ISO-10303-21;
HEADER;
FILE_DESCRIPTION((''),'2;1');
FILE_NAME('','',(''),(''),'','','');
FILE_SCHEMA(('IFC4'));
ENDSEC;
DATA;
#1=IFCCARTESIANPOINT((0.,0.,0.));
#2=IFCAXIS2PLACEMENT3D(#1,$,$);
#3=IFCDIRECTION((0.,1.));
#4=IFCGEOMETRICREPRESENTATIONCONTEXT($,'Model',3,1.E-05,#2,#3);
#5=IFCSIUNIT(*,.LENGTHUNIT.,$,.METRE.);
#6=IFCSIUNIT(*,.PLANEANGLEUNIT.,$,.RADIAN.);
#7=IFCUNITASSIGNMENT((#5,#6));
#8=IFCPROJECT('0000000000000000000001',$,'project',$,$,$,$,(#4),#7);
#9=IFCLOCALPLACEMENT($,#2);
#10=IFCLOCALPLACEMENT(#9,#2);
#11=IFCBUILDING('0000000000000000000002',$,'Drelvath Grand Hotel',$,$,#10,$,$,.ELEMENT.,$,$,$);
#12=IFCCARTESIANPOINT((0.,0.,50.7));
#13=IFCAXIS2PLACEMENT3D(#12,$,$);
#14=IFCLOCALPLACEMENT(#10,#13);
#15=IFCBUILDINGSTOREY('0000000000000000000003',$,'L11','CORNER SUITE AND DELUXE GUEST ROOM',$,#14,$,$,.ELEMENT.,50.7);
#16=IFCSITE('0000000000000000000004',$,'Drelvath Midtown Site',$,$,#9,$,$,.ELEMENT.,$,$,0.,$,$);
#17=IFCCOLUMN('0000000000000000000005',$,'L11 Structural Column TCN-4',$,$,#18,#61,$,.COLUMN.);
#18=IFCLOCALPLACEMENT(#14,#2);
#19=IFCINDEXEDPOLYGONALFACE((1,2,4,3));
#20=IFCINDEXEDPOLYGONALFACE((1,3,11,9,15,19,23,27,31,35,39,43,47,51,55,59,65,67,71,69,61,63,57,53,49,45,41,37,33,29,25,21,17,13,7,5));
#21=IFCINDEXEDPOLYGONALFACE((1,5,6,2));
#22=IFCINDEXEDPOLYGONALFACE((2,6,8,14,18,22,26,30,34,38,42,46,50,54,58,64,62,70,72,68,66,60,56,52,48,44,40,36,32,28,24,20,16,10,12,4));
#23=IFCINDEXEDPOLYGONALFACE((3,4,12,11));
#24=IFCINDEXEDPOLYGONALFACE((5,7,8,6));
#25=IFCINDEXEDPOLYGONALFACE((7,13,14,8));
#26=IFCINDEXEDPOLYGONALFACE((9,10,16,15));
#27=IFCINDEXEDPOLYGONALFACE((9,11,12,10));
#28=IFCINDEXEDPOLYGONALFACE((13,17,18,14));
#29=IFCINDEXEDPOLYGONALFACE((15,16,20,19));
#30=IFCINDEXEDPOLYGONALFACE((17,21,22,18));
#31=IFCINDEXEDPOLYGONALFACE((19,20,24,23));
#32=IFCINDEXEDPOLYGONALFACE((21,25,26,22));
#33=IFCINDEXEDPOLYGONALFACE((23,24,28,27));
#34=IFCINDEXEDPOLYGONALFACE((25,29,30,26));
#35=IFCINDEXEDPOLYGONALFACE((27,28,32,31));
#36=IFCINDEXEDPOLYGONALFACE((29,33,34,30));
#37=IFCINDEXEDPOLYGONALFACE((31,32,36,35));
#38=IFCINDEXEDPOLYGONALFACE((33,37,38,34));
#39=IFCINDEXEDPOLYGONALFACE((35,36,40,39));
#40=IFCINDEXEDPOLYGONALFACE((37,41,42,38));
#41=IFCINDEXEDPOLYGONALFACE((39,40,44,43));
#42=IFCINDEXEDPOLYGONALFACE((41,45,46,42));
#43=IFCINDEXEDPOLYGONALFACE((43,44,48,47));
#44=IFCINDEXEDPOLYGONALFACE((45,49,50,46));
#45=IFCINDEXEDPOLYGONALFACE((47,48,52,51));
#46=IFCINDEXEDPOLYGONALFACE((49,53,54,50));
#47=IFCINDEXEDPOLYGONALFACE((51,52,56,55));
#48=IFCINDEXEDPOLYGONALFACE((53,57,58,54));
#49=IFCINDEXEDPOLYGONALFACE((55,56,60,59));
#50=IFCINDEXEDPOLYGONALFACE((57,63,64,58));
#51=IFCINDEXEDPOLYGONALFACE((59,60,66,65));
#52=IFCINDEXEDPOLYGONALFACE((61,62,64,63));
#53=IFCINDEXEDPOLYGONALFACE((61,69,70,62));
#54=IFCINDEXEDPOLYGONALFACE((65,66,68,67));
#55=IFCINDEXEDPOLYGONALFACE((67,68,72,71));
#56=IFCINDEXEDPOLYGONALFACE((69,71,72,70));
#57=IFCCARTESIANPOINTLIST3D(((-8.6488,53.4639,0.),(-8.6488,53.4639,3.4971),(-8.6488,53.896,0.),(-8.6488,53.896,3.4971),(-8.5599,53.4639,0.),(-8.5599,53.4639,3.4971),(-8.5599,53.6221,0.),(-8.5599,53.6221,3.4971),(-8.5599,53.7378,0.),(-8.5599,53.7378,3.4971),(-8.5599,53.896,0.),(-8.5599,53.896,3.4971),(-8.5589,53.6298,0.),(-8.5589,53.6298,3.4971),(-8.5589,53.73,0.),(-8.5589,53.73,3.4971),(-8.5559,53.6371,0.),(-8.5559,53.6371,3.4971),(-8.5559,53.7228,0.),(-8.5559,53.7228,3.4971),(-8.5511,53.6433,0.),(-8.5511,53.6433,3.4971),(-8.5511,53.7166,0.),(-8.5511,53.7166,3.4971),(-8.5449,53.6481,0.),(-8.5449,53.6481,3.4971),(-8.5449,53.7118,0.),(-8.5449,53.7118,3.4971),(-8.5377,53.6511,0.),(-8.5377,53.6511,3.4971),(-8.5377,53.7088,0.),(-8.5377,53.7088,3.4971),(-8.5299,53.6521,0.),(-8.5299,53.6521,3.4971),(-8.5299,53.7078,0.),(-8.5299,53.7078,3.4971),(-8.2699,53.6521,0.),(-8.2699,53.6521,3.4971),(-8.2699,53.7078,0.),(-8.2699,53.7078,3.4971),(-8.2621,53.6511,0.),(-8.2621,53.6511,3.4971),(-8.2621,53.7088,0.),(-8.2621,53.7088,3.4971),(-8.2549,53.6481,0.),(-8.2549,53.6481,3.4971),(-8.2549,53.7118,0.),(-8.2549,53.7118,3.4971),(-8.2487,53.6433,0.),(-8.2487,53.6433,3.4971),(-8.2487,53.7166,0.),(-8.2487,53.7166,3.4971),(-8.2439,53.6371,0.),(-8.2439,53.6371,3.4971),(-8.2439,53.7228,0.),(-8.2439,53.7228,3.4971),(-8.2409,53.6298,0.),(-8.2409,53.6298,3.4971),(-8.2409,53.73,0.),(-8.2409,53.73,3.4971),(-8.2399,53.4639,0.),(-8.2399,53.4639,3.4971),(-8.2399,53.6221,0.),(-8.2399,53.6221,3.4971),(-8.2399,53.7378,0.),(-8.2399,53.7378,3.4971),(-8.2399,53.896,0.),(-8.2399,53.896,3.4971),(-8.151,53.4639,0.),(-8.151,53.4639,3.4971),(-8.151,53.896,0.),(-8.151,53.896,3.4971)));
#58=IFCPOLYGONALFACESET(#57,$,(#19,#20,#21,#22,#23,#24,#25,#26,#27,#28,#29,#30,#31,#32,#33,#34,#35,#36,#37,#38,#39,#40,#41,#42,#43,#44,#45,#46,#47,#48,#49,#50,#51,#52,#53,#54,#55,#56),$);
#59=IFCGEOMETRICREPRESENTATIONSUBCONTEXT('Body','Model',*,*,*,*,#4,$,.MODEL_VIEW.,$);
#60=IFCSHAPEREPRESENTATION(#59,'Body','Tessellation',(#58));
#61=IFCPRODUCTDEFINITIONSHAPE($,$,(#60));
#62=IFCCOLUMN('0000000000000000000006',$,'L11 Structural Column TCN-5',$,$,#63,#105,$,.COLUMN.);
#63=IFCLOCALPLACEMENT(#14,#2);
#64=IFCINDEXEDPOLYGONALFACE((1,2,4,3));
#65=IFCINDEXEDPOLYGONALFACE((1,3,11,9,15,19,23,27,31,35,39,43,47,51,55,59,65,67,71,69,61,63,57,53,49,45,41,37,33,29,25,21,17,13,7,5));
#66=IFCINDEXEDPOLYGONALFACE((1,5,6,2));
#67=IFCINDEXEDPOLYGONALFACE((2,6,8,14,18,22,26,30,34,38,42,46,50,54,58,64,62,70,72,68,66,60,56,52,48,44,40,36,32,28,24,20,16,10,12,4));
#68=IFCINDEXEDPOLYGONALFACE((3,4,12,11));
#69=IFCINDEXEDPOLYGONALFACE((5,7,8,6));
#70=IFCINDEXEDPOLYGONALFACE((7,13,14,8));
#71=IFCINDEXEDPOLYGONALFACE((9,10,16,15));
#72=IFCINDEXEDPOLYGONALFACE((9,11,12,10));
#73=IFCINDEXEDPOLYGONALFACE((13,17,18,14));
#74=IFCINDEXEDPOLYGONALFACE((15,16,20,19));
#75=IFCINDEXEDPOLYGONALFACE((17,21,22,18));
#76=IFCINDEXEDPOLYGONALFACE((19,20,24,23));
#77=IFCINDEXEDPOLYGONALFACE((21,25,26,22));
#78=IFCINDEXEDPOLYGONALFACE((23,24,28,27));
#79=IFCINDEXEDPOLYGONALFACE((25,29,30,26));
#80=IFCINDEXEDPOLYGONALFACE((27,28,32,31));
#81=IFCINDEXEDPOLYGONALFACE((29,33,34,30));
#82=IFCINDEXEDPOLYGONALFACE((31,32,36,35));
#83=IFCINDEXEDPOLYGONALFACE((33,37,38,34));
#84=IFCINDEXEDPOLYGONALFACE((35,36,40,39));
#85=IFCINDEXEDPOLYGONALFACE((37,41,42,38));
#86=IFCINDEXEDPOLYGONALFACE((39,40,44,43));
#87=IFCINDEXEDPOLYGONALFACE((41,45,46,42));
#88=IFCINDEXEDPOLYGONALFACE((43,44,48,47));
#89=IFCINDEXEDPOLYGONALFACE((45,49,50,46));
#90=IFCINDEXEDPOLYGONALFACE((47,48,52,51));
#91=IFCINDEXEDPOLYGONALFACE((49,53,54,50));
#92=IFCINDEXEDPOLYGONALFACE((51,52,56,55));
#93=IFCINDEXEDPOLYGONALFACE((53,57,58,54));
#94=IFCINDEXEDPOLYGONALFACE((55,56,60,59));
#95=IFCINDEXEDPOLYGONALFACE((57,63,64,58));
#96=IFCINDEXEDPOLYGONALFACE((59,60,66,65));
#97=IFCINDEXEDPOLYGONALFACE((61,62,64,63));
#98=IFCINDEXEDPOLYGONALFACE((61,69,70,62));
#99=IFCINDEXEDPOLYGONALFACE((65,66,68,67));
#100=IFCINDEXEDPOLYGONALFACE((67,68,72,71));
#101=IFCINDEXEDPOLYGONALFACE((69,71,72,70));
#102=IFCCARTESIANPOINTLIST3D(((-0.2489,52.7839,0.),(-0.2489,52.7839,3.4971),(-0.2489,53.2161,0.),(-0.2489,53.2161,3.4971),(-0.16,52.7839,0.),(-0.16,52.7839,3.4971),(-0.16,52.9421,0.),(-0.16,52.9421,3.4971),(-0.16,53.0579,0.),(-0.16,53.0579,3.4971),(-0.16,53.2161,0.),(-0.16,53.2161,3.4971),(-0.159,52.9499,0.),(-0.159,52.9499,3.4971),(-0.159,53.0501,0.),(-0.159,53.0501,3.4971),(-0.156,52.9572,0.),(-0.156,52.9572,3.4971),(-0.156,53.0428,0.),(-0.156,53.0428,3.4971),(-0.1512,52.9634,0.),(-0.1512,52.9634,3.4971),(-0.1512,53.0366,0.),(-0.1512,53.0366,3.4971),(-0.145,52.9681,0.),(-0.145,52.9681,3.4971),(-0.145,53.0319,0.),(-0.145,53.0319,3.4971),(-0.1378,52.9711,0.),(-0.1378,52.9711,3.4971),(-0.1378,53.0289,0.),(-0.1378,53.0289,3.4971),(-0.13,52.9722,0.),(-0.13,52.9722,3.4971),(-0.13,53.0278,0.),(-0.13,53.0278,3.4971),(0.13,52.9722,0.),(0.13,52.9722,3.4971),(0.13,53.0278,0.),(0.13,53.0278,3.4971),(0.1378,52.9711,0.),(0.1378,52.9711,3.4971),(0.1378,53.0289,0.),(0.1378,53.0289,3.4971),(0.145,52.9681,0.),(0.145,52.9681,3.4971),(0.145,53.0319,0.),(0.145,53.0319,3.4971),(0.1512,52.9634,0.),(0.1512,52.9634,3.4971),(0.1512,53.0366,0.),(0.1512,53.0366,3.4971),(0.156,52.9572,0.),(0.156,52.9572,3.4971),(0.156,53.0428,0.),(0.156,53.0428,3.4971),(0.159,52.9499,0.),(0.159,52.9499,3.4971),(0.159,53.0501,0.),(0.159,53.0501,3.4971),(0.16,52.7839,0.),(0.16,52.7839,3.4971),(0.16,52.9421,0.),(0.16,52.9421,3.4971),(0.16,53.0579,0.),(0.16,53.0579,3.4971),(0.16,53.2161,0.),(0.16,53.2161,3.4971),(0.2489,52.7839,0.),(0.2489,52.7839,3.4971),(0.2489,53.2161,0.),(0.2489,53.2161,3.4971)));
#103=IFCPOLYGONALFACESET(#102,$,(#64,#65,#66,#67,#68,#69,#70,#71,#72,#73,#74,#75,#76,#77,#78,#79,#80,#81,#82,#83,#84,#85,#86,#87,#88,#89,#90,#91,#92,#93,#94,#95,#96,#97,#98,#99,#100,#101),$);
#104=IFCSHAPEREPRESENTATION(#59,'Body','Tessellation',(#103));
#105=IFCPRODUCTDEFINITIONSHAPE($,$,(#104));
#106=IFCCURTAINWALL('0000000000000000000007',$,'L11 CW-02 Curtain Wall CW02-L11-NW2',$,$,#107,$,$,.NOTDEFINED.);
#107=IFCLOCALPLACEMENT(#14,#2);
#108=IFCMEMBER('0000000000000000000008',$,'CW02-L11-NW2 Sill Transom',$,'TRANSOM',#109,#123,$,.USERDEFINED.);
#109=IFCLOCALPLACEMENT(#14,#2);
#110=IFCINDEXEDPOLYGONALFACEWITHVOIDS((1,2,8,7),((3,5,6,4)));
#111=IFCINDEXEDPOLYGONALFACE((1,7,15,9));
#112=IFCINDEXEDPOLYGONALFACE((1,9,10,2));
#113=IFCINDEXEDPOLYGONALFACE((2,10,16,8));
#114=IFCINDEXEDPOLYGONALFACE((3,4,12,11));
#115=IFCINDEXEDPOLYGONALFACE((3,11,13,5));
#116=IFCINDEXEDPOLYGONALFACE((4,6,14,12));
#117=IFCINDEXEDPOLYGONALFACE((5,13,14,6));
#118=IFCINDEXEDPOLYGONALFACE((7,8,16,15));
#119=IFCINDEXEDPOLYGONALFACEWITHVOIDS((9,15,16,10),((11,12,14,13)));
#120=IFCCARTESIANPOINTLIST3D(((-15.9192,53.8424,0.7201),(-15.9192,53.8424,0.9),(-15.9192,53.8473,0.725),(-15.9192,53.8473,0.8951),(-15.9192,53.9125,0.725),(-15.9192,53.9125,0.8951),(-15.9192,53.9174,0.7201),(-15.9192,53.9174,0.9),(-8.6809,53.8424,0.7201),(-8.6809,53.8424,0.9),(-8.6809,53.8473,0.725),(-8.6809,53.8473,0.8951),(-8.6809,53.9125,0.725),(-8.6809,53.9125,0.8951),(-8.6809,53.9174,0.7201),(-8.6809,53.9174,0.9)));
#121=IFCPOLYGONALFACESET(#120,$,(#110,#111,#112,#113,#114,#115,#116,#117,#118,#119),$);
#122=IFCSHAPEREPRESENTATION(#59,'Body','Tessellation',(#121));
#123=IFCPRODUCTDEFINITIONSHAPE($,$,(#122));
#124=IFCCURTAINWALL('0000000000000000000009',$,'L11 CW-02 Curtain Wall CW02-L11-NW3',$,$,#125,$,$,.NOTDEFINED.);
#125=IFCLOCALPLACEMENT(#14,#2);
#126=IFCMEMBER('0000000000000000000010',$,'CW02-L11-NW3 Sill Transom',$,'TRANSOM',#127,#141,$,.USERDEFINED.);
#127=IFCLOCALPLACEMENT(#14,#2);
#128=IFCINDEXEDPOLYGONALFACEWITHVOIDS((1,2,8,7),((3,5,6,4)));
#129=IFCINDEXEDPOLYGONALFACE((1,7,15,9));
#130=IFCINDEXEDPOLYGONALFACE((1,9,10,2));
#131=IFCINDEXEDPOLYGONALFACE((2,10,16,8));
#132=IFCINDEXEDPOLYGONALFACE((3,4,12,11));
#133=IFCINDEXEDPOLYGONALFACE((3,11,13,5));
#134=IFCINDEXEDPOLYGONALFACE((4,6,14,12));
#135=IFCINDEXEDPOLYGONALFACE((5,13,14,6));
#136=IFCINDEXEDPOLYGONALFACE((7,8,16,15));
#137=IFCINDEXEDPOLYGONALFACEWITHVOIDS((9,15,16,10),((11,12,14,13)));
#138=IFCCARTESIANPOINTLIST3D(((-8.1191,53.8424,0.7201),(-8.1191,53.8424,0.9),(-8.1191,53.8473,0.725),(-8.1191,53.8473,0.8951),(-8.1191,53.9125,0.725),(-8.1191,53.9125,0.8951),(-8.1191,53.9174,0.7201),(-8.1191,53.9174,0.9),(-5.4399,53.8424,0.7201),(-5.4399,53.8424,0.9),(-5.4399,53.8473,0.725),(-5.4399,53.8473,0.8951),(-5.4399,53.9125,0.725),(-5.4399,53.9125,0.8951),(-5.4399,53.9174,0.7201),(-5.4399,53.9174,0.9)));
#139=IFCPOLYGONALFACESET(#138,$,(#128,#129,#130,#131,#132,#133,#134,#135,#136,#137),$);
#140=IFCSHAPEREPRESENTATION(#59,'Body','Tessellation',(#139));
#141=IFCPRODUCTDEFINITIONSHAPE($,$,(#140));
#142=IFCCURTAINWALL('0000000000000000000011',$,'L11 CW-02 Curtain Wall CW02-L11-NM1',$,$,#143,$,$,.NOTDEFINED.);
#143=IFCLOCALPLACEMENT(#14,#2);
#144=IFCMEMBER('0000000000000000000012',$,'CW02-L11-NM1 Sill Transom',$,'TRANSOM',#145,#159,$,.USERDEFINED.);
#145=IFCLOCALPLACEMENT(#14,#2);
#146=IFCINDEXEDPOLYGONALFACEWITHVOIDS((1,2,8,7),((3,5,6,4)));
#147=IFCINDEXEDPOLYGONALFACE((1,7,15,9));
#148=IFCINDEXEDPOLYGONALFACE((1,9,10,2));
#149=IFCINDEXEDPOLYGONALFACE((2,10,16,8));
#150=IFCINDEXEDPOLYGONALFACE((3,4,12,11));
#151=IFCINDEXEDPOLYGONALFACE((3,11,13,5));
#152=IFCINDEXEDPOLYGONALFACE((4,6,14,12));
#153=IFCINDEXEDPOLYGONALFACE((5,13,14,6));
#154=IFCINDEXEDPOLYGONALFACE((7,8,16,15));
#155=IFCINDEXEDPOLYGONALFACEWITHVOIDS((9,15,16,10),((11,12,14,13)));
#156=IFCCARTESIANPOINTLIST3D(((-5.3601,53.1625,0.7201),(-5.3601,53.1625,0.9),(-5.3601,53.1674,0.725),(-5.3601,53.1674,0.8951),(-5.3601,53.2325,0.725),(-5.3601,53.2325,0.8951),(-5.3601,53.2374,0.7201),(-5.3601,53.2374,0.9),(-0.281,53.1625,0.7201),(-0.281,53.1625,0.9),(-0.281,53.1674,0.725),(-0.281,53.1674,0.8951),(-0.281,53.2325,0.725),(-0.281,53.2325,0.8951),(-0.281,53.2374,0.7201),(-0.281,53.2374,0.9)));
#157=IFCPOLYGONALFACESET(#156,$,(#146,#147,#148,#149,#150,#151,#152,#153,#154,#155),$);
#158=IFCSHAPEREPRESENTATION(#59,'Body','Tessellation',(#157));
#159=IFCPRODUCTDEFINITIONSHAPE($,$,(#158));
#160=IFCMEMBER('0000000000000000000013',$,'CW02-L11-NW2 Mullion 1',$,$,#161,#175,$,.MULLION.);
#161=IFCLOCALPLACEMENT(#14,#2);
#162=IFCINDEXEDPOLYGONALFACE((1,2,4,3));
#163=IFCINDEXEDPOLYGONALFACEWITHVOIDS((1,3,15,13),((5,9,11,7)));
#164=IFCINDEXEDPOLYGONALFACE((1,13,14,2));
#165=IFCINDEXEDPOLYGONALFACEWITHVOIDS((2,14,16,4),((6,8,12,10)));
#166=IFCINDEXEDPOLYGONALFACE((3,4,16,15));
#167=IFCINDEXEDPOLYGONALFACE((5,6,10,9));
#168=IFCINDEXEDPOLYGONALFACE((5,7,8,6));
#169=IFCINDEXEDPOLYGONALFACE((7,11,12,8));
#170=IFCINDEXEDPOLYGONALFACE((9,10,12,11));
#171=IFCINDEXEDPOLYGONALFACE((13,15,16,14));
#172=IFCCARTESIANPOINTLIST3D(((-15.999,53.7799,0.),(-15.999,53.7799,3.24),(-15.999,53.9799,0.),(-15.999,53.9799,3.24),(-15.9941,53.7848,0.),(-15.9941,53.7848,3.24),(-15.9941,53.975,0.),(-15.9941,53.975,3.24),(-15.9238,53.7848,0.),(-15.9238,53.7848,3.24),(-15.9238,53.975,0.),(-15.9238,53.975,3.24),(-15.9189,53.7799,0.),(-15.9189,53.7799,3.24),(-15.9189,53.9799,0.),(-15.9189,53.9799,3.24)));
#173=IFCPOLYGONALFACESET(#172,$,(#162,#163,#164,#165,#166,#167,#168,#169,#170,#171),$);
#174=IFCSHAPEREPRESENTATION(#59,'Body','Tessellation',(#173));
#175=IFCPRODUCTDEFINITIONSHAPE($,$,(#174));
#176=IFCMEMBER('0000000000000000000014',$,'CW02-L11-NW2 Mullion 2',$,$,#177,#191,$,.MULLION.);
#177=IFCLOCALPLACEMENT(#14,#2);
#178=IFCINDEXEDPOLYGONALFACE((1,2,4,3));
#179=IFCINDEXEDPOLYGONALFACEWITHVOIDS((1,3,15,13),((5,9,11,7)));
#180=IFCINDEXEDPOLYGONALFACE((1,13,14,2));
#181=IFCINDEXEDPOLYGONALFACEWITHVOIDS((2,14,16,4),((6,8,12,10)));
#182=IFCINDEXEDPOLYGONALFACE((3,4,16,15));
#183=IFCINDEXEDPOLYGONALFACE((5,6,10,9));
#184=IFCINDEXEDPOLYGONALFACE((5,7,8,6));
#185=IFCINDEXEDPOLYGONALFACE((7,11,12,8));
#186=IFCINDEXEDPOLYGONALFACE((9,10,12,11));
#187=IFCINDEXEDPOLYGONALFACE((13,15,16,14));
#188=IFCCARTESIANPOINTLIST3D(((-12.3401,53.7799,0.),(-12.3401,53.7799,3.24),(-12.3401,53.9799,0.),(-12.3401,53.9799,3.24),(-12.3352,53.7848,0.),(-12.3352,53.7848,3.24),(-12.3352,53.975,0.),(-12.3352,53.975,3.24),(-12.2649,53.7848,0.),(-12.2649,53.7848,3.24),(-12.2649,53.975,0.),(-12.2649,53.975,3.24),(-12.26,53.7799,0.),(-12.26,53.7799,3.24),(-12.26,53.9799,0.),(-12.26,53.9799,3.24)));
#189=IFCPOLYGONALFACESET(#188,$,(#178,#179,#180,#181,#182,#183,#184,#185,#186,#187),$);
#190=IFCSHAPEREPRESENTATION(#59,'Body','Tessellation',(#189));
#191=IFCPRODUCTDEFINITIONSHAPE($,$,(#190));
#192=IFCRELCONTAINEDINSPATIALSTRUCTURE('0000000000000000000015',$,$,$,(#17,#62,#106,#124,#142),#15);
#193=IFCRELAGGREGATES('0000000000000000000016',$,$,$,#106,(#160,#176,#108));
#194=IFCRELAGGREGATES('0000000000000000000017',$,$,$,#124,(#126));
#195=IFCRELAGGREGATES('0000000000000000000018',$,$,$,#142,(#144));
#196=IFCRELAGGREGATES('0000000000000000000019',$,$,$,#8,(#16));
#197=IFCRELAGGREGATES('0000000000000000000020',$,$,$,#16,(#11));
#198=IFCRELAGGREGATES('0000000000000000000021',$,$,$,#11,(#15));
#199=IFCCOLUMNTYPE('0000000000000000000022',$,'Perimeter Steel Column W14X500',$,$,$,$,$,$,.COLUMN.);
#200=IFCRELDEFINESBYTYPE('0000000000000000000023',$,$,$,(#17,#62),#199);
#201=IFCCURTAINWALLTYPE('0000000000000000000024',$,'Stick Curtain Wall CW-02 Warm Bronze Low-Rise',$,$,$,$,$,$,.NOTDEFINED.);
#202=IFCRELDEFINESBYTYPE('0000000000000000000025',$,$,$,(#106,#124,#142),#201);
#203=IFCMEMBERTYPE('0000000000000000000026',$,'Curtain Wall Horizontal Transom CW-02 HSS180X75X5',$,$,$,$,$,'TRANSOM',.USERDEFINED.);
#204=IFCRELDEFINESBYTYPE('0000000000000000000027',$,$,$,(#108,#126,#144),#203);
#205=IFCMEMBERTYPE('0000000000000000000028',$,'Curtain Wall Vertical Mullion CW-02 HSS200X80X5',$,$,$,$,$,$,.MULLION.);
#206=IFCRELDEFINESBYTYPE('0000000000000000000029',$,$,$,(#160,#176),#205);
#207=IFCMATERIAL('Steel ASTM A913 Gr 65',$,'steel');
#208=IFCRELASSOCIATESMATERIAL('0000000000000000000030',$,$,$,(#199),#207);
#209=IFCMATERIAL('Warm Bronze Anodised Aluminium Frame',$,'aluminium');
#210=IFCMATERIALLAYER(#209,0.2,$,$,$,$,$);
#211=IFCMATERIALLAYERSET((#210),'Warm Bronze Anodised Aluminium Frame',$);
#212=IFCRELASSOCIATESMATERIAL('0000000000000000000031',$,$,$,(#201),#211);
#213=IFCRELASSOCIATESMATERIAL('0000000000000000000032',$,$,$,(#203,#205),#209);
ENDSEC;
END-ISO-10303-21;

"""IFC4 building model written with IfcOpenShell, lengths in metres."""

from ifc_helpers import new_model, si_unit, direction, frame, origin, origin_2d, place, context, subcontext, project, spatial, hollow_rectangle, i_section, extrude, material, layer, layer_set, material_profile, profile_set, type_object, element, aggregate, save


model = new_model("IFC4")

# Units and contexts
model_context = context("Model", 3, precision=1e-05, world=origin(), true_north=direction((0.0, 1.0)))
body_context = subcontext(model_context, "Body", "Model", "MODEL_VIEW")
ifc_project = project(units=[si_unit("LENGTHUNIT", "METRE"), si_unit("PLANEANGLEUNIT", "RADIAN")], contexts=[model_context])

# Site, building, storey
site_placement = place(None, origin())
site = spatial("IfcSite", under=ifc_project, at=site_placement, Name="Drelvath Midtown Site", CompositionType="ELEMENT", RefElevation=0.0)
building_placement = place(site_placement, origin())
building = spatial("IfcBuilding", under=site, at=building_placement, Name="Drelvath Grand Hotel", CompositionType="ELEMENT")
storey_placement = place(building_placement, frame((0.0, 0.0, 50.7)))
storey = spatial("IfcBuildingStorey", under=building, at=storey_placement, Name="L11", Description="CORNER SUITE AND DELUXE GUEST ROOM", CompositionType="ELEMENT", Elevation=50.7)

# Columns
ifc_material_1 = material(Name="Steel ASTM A913 Gr 65", Category="steel")
ifc_material_profile_1 = material_profile(ifc_material_1, i_section(OverallWidth=0.4321, OverallDepth=0.4978, WebThickness=0.0557, FlangeThickness=0.0889, FilletRadius=0.03, at=origin_2d()), Name="W14X500")
ifc_profile_set_1 = profile_set([ifc_material_profile_1], Name="Steel ASTM A913 Gr 65")
column_type = type_object("IfcColumnType", Name="Perimeter Steel Column W14X500", PredefinedType="COLUMN", material=ifc_profile_set_1)
for number, where, z_axis, x_axis, name in (
    (1, (-8.3999, 53.6799, 0.0), (0.0, 0.0, 1.0), (0.0, 1.0, 0.0), "L11 Structural Column TCN-4"),
    (2, (0.0, 53.0, 0.0), (0.0, 0.0, 1.0), (0.0, 1.0, 0.0), "L11 Structural Column TCN-5"),
):
    element("IfcColumn", number, at=place(storey_placement, frame(where, z_axis=z_axis, x_axis=x_axis)), inside=storey, type_object=column_type, Name=name, PredefinedType="COLUMN", context=body_context, shape_type="SweptSolid", body=[
        extrude(i_section(OverallWidth=0.4321, OverallDepth=0.4978, WebThickness=0.0557, FlangeThickness=0.0889, FilletRadius=0.03, at=origin_2d()), origin(), (0.0, 0.0, 1.0), 3.4971),
    ])

# Curtain walls, members
ifc_material_2 = material(Name="Warm Bronze Anodised Aluminium Frame", Category="aluminium")
ifc_layer_1 = layer(ifc_material_2, 0.2)
ifc_layer_set_1 = layer_set([ifc_layer_1], Name="Warm Bronze Anodised Aluminium Frame")
curtain_wall_type = type_object("IfcCurtainWallType", Name="Stick Curtain Wall CW-02 Warm Bronze Low-Rise", PredefinedType="NOTDEFINED", material=ifc_layer_set_1)
curtain_wall_1_placement = place(storey_placement, origin())
curtain_wall_1 = element("IfcCurtainWall", 3, at=curtain_wall_1_placement, inside=storey, type_object=curtain_wall_type, Name="L11 CW-02 Curtain Wall CW02-L11-NW2", PredefinedType="NOTDEFINED")
ifc_material_profile_2 = material_profile(ifc_material_2, hollow_rectangle(XDim=0.075, YDim=0.1799, WallThickness=0.0049, at=origin_2d()), Name="HSS180X75X5")
ifc_profile_set_2 = profile_set([ifc_material_profile_2], Name="Warm Bronze Anodised Aluminium Frame")
member_type_1 = type_object("IfcMemberType", Name="Curtain Wall Horizontal Transom CW-02 HSS180X75X5", ElementType="TRANSOM", PredefinedType="USERDEFINED", material=ifc_profile_set_2)
member_1_placement = place(storey_placement, frame((-15.9192, 53.8799, 0.8101), z_axis=(1.0, 0.0, 0.0), x_axis=(0.0, 1.0, 0.0)))
member_1 = element("IfcMember", 4, at=member_1_placement, type_object=member_type_1, Name="CW02-L11-NW2 Sill Transom", ObjectType="TRANSOM", PredefinedType="USERDEFINED", context=body_context, shape_type="SweptSolid", body=[
    extrude(hollow_rectangle(XDim=0.075, YDim=0.1799, WallThickness=0.0049, at=origin_2d()), origin(), (0.0, 0.0, 1.0), 7.2383),
])
curtain_wall_2_placement = place(storey_placement, origin())
curtain_wall_2 = element("IfcCurtainWall", 5, at=curtain_wall_2_placement, inside=storey, type_object=curtain_wall_type, Name="L11 CW-02 Curtain Wall CW02-L11-NW3", PredefinedType="NOTDEFINED")
member_2_placement = place(storey_placement, frame((-8.1191, 53.8799, 0.8101), z_axis=(1.0, 0.0, 0.0), x_axis=(0.0, 1.0, 0.0)))
member_2 = element("IfcMember", 6, at=member_2_placement, type_object=member_type_1, Name="CW02-L11-NW3 Sill Transom", ObjectType="TRANSOM", PredefinedType="USERDEFINED", context=body_context, shape_type="SweptSolid", body=[
    extrude(hollow_rectangle(XDim=0.075, YDim=0.1799, WallThickness=0.0049, at=origin_2d()), origin(), (0.0, 0.0, 1.0), 2.6792),
])
curtain_wall_3_placement = place(storey_placement, origin())
curtain_wall_3 = element("IfcCurtainWall", 7, at=curtain_wall_3_placement, inside=storey, type_object=curtain_wall_type, Name="L11 CW-02 Curtain Wall CW02-L11-NM1", PredefinedType="NOTDEFINED")
member_3_placement = place(storey_placement, frame((-5.3601, 53.2, 0.8101), z_axis=(1.0, 0.0, 0.0), x_axis=(0.0, 1.0, 0.0)))
member_3 = element("IfcMember", 8, at=member_3_placement, type_object=member_type_1, Name="CW02-L11-NM1 Sill Transom", ObjectType="TRANSOM", PredefinedType="USERDEFINED", context=body_context, shape_type="SweptSolid", body=[
    extrude(hollow_rectangle(XDim=0.075, YDim=0.1799, WallThickness=0.0049, at=origin_2d()), origin(), (0.0, 0.0, 1.0), 5.0791),
])

# Members
ifc_material_profile_3 = material_profile(ifc_material_2, hollow_rectangle(XDim=0.0801, YDim=0.2, WallThickness=0.0049, at=origin_2d()), Name="HSS200X80X5")
ifc_profile_set_3 = profile_set([ifc_material_profile_3], Name="Warm Bronze Anodised Aluminium Frame")
member_type_2 = type_object("IfcMemberType", Name="Curtain Wall Vertical Mullion CW-02 HSS200X80X5", PredefinedType="MULLION", material=ifc_profile_set_3)
member_4_placement = place(storey_placement, frame((-15.959, 53.8799, 0.0), z_axis=(0.0, 0.0, 1.0), x_axis=(1.0, 0.0, 0.0)))
member_4 = element("IfcMember", 9, at=member_4_placement, type_object=member_type_2, Name="CW02-L11-NW2 Mullion 1", PredefinedType="MULLION", context=body_context, shape_type="SweptSolid", body=[
    extrude(hollow_rectangle(XDim=0.0801, YDim=0.2, WallThickness=0.0049, at=origin_2d()), origin(), (0.0, 0.0, 1.0), 3.24),
])
member_5_placement = place(storey_placement, frame((-12.3, 53.8799, 0.0), z_axis=(0.0, 0.0, 1.0), x_axis=(1.0, 0.0, 0.0)))
member_5 = element("IfcMember", 10, at=member_5_placement, type_object=member_type_2, Name="CW02-L11-NW2 Mullion 2", PredefinedType="MULLION", context=body_context, shape_type="SweptSolid", body=[
    extrude(hollow_rectangle(XDim=0.0801, YDim=0.2, WallThickness=0.0049, at=origin_2d()), origin(), (0.0, 0.0, 1.0), 3.24),
])

aggregate(curtain_wall_1, [member_4, member_5, member_1])
aggregate(curtain_wall_2, [member_2])
aggregate(curtain_wall_3, [member_3])

save(model, "model.ifc")
